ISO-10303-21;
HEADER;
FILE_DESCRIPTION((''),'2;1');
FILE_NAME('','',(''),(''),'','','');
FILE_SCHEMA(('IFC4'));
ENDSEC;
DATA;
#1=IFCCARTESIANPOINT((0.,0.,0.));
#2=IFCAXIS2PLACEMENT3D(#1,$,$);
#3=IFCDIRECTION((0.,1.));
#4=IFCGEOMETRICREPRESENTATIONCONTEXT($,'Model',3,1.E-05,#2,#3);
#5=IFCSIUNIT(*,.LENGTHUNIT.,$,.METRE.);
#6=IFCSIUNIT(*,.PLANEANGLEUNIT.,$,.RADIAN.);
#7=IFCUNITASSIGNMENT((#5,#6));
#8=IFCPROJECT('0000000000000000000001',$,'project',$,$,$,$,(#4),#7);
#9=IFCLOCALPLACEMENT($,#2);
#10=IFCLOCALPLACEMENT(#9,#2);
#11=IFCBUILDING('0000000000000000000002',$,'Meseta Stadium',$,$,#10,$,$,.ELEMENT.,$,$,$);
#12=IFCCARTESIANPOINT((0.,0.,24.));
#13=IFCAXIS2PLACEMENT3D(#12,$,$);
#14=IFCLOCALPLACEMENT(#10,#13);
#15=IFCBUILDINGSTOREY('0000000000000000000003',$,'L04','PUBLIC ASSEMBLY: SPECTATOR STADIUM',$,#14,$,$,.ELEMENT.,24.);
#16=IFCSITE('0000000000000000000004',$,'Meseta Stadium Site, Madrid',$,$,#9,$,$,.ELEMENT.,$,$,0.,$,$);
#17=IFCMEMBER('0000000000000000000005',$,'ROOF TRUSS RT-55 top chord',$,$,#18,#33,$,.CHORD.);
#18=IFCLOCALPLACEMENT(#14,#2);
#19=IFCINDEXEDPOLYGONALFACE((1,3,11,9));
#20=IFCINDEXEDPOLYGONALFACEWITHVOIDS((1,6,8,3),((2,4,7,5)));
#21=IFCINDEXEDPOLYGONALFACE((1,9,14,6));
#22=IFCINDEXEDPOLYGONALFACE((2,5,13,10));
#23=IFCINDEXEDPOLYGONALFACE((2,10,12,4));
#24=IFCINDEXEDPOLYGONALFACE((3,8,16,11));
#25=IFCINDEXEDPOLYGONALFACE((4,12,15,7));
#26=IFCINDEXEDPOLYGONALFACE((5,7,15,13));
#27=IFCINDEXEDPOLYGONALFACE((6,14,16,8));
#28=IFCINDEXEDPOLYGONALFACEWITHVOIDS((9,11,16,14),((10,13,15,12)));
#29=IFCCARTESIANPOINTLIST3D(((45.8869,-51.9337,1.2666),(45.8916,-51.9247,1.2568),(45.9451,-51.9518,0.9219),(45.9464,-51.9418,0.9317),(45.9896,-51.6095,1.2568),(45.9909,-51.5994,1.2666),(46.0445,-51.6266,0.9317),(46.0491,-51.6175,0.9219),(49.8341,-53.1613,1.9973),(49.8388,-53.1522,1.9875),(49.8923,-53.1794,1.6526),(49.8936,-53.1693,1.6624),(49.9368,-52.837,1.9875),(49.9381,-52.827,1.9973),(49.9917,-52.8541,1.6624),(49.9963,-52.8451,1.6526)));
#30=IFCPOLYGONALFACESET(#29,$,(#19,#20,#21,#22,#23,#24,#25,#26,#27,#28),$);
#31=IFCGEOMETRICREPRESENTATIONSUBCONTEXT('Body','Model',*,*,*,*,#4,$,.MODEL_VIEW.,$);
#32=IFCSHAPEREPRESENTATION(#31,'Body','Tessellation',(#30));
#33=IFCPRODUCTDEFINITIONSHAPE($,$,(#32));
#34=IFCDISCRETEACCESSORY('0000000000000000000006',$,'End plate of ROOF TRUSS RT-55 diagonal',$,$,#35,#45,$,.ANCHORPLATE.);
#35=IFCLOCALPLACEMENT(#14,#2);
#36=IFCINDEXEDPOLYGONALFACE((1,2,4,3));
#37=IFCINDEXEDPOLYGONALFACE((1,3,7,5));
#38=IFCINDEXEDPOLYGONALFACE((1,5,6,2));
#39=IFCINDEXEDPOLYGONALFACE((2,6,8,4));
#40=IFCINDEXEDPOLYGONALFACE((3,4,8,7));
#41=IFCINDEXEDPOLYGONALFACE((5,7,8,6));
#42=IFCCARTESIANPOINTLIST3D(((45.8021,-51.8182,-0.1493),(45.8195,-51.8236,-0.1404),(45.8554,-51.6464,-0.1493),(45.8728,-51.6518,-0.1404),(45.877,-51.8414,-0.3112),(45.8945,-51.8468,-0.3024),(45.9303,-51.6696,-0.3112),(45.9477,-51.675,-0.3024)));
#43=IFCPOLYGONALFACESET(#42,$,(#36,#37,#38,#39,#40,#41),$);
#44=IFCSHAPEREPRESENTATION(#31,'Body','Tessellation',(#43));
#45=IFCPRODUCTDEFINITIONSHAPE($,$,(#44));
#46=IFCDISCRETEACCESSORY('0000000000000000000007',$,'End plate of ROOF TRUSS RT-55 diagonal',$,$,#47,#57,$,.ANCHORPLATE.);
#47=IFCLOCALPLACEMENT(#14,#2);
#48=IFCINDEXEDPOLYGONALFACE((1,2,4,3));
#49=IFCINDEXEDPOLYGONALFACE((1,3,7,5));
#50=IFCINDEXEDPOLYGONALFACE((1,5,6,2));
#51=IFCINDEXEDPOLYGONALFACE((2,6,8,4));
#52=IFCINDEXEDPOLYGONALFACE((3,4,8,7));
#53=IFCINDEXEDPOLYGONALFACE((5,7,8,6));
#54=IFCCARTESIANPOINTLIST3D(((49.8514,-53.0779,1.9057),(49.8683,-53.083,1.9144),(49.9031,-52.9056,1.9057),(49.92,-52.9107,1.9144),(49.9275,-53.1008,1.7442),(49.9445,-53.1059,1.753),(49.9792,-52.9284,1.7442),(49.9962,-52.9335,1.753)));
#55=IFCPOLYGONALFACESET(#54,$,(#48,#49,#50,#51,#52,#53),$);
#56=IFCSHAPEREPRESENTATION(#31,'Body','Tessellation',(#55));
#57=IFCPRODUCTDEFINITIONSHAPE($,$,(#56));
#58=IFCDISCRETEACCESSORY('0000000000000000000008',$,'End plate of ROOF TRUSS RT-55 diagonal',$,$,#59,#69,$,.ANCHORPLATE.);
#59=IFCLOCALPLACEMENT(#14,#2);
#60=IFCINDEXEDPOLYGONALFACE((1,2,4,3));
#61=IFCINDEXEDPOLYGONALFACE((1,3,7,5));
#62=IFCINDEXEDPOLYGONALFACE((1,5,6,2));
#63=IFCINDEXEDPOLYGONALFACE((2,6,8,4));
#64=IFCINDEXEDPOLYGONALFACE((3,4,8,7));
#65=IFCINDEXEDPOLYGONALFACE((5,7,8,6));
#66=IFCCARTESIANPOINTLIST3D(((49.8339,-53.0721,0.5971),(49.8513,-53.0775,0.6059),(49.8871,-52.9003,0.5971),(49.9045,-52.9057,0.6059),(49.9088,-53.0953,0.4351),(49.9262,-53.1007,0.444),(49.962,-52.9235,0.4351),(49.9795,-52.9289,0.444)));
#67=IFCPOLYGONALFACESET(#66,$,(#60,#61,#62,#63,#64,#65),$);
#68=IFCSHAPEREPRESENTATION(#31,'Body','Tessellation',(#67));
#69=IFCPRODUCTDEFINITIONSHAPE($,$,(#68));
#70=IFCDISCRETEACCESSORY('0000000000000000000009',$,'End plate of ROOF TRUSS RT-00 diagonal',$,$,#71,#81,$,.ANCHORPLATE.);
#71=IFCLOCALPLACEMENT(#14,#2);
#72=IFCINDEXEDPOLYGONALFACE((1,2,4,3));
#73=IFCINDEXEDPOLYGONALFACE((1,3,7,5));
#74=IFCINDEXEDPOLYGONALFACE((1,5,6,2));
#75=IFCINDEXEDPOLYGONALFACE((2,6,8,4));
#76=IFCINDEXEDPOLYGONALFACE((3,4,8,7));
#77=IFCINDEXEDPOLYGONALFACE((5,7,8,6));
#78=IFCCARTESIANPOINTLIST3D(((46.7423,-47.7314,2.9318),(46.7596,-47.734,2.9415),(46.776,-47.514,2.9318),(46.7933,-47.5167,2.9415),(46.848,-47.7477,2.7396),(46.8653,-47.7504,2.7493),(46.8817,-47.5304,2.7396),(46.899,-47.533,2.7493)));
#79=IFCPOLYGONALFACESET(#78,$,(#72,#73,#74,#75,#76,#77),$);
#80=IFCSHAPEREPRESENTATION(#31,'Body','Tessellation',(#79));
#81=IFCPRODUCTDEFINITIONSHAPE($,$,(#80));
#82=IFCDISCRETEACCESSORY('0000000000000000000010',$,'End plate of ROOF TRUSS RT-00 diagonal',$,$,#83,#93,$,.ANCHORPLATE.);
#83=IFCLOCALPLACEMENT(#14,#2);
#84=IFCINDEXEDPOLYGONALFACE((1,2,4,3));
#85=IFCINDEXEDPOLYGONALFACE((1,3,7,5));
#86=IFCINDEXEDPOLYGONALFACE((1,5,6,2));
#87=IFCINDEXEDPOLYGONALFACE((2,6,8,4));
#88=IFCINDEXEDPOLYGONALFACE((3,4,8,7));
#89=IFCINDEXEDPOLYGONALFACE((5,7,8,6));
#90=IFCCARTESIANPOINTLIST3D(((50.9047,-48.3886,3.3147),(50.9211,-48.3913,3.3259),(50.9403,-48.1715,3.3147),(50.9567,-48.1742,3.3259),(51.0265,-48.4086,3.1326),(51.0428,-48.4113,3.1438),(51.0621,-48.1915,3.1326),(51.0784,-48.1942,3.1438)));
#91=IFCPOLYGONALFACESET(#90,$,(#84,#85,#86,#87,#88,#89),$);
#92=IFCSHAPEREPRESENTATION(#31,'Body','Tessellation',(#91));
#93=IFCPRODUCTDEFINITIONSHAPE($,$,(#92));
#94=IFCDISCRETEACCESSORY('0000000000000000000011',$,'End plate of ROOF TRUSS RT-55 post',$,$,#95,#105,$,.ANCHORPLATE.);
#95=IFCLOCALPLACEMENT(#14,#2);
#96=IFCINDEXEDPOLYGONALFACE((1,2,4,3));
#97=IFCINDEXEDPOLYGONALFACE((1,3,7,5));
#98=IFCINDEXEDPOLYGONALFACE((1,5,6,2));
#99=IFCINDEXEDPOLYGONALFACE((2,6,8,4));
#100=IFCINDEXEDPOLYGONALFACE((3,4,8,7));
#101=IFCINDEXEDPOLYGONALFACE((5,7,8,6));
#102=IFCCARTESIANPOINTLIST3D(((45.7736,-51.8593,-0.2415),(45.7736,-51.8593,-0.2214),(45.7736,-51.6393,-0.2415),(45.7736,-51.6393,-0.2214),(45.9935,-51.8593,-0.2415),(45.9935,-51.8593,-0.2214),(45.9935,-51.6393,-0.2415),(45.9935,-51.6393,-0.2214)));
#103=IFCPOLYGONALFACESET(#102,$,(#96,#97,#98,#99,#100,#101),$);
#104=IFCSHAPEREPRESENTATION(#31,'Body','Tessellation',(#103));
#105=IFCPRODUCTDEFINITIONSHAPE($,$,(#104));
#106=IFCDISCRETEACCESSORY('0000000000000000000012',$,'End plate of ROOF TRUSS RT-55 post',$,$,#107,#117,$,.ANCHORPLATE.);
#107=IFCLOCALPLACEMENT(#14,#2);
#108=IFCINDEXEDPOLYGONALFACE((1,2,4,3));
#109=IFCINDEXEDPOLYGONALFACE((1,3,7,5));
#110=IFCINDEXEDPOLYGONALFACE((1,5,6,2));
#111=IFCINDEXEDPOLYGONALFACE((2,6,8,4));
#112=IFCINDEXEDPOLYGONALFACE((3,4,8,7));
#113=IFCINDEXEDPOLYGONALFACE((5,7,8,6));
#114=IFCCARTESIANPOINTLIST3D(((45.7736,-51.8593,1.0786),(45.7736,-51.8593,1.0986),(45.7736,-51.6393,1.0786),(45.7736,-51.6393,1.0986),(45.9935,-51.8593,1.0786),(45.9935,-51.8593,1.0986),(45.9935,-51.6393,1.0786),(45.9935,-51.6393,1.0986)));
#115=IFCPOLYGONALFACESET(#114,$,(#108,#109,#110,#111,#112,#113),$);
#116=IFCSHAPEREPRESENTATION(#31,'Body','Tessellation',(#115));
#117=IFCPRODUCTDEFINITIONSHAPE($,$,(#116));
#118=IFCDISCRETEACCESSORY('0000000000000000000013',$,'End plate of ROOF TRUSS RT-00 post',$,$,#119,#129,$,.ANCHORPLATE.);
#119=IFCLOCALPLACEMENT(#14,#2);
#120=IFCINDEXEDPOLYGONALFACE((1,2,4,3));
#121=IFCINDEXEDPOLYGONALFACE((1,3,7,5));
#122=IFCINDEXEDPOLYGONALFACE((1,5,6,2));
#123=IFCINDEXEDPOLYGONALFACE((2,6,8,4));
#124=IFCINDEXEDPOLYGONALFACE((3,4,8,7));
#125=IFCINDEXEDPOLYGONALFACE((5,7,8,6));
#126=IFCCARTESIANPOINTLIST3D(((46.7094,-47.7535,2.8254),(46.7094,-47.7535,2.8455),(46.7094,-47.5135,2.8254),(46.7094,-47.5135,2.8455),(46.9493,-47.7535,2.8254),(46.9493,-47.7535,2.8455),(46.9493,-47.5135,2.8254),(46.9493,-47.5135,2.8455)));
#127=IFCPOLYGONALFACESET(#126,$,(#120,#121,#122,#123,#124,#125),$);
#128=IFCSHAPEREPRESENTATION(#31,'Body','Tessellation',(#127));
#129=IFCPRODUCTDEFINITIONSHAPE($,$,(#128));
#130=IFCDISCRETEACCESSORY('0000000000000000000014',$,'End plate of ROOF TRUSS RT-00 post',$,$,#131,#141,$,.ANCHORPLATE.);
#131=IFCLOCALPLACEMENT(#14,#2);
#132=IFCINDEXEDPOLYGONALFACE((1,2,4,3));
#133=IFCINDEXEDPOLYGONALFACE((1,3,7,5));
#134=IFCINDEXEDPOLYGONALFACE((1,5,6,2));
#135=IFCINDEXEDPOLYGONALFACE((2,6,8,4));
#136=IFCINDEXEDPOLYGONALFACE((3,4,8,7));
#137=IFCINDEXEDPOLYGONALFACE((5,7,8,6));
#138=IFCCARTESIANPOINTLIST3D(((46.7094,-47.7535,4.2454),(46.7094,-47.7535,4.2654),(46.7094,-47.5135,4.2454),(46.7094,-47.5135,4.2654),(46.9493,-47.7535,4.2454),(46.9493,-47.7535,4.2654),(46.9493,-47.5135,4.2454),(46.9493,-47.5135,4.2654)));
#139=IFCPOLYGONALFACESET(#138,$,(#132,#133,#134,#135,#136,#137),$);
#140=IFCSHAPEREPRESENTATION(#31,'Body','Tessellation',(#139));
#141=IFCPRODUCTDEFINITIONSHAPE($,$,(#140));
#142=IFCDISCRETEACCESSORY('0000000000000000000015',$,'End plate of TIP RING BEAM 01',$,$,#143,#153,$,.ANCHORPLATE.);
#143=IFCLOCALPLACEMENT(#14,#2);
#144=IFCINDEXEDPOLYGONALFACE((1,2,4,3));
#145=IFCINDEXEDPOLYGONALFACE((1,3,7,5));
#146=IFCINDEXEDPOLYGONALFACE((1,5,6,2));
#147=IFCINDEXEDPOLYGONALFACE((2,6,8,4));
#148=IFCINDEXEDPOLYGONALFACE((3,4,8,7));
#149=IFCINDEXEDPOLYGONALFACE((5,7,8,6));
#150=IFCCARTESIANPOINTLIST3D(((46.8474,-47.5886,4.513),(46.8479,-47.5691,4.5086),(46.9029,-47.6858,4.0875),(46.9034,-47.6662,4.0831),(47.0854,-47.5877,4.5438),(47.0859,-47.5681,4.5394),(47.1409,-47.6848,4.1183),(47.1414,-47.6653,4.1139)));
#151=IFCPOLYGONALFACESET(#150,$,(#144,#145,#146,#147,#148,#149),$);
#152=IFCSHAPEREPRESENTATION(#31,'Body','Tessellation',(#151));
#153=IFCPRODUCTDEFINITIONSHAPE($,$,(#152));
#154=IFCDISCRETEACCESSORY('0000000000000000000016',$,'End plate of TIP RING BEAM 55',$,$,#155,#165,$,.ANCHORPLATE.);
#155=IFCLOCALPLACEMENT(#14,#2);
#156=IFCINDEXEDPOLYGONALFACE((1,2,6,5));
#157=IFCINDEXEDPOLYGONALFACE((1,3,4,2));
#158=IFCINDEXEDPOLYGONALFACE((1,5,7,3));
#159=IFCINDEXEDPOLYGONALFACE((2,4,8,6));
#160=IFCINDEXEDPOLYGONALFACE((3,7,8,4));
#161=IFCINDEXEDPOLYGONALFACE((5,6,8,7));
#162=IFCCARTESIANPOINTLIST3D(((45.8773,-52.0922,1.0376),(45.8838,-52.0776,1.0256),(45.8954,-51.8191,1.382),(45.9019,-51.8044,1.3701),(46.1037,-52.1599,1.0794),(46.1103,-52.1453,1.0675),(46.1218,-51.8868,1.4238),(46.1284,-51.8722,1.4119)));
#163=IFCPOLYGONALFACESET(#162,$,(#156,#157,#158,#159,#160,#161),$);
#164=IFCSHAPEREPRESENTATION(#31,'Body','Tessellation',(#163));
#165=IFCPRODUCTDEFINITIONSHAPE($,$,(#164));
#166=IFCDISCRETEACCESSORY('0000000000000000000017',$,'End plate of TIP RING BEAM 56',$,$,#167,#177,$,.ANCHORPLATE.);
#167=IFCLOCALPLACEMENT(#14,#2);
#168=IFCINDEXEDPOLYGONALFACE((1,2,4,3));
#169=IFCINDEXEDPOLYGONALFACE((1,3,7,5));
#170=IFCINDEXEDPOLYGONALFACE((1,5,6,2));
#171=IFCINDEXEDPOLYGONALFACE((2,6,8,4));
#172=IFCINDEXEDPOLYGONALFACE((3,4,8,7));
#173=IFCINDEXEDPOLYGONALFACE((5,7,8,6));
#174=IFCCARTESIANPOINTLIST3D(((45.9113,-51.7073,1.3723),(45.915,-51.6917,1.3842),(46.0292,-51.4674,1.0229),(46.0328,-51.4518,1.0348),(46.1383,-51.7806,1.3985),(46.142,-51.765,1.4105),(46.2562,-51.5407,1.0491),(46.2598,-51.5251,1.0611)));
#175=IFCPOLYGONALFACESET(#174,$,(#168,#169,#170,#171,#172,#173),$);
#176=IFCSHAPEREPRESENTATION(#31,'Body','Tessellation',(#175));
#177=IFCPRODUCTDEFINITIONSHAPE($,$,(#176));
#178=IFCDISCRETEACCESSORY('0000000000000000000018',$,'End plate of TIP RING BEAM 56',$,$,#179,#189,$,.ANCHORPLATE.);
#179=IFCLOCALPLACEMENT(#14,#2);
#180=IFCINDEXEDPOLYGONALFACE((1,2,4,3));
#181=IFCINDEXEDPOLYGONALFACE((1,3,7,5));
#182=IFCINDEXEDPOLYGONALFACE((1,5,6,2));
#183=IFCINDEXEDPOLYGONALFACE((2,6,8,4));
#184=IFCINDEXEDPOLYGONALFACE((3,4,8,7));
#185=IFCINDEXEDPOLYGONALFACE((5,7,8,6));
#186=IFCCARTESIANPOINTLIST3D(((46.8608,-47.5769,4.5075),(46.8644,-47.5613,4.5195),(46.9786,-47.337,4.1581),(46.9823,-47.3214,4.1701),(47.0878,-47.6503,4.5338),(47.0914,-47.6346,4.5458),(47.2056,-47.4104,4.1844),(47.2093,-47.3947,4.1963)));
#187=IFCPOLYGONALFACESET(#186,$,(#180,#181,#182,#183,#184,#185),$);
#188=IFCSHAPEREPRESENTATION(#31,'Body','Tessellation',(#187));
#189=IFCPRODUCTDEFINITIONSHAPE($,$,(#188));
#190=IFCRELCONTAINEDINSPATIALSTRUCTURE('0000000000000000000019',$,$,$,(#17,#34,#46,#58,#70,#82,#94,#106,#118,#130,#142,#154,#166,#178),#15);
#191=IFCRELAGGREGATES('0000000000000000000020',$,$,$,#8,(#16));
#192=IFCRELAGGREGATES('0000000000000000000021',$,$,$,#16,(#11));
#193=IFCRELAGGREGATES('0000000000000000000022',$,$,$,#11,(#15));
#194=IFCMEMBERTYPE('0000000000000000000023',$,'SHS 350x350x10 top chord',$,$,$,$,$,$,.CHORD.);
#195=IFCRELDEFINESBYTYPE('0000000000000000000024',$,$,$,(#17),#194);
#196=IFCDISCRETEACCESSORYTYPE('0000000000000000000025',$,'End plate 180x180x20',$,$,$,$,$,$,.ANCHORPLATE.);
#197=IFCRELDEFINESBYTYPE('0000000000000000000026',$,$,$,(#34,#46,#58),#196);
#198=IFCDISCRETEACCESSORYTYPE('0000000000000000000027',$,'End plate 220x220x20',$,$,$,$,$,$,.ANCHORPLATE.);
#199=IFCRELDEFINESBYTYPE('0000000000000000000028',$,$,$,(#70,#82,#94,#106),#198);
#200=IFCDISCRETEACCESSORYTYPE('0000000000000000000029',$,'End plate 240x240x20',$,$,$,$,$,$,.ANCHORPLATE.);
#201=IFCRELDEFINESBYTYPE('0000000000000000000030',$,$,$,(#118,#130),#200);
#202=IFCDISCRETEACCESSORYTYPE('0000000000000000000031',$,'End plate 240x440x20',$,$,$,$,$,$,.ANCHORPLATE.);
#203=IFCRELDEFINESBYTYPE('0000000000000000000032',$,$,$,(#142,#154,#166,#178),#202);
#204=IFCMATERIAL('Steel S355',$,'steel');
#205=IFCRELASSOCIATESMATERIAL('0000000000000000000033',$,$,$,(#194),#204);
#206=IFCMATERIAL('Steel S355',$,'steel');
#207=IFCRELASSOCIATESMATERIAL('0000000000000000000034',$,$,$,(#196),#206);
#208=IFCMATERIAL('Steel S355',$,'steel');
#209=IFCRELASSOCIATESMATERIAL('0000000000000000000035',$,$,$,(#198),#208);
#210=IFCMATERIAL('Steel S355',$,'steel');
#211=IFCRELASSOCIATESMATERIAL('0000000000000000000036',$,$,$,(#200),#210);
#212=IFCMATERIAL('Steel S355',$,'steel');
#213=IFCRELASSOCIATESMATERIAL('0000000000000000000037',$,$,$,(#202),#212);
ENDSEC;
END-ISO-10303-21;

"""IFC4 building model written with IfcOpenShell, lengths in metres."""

from ifc_helpers import new_model, si_unit, direction, frame, origin, origin_2d, place, context, subcontext, project, spatial, rectangle, hollow_rectangle, extrude, material, material_profile, profile_set, type_object, element, save


model = new_model("IFC4")

# Units and contexts
model_context = context("Model", 3, precision=1e-05, world=origin(), true_north=direction((0.0, 1.0)))
body_context = subcontext(model_context, "Body", "Model", "MODEL_VIEW")
ifc_project = project(units=[si_unit("LENGTHUNIT", "METRE"), si_unit("PLANEANGLEUNIT", "RADIAN")], contexts=[model_context])

# Site, building, storey
site_placement = place(None, origin())
site = spatial("IfcSite", under=ifc_project, at=site_placement, Name="Meseta Stadium Site, Madrid", CompositionType="ELEMENT", RefElevation=0.0)
building_placement = place(site_placement, origin())
building = spatial("IfcBuilding", under=site, at=building_placement, Name="Meseta Stadium", CompositionType="ELEMENT")
storey_placement = place(building_placement, frame((0.0, 0.0, 24.0)))
storey = spatial("IfcBuildingStorey", under=building, at=storey_placement, Name="L04", Description="PUBLIC ASSEMBLY: SPECTATOR STADIUM", CompositionType="ELEMENT", Elevation=24.0)

# Member
ifc_material_1 = material(Name="Steel S355", Category="steel")
ifc_material_profile_1 = material_profile(ifc_material_1, hollow_rectangle(XDim=0.3501, YDim=0.3501, WallThickness=0.01, at=origin_2d()), Name="SHS 350x350x10")
ifc_profile_set_1 = profile_set([ifc_material_profile_1], Name="Steel S355")
member_type_1 = type_object("IfcMemberType", Name="SHS 350x350x10 top chord", PredefinedType="CHORD", material=ifc_profile_set_1)
member_1_placement = place(storey_placement, frame((45.968, -51.7756, 1.0942), z_axis=(0.940313, -0.292423, 0.17407), x_axis=(0.296956, 0.954891, 0.0)))
element("IfcMember", 1, at=member_1_placement, inside=storey, type_object=member_type_1, Name="ROOF TRUSS RT-55 top chord", PredefinedType="CHORD", context=body_context, shape_type="SweptSolid", body=[
    extrude(hollow_rectangle(XDim=0.3501, YDim=0.3501, WallThickness=0.01, at=origin_2d()), origin(), (0.0, 0.0, 1.0), 4.1978),
])

# Discrete accessories
ifc_material_2 = material(Name="Steel S355", Category="steel")
ifc_material_profile_2 = material_profile(ifc_material_2, rectangle(XDim=0.1799, YDim=0.1799, at=origin_2d()), Name="PL 180x180")
ifc_profile_set_2 = profile_set([ifc_material_profile_2], Name="Steel S355")
discrete_accessory_type_1 = type_object("IfcDiscreteAccessoryType", Name="End plate 180x180x20", PredefinedType="ANCHORPLATE", material=ifc_profile_set_2)
discrete_accessory_1_placement = place(storey_placement, frame((45.8662, -51.7439, -0.2302), z_axis=(0.859675, -0.266378, 0.435892), x_axis=(0.295976, 0.955195, 0.0)))
element("IfcDiscreteAccessory", 2, at=discrete_accessory_1_placement, inside=storey, type_object=discrete_accessory_type_1, Name="End plate of ROOF TRUSS RT-55 diagonal", PredefinedType="ANCHORPLATE", context=body_context, shape_type="SweptSolid", body=[
    extrude(rectangle(XDim=0.1799, YDim=0.1799, at=origin_2d()), origin(), (0.0, 0.0, 1.0), 0.0203),
])
discrete_accessory_2_placement = place(storey_placement, frame((49.9153, -53.0032, 1.825), z_axis=(0.859235, -0.257771, 0.441892), x_axis=(0.287348, 0.957826, 0.0)))
element("IfcDiscreteAccessory", 3, at=discrete_accessory_2_placement, inside=storey, type_object=discrete_accessory_type_1, Name="End plate of ROOF TRUSS RT-55 diagonal", PredefinedType="ANCHORPLATE", context=body_context, shape_type="SweptSolid", body=[
    extrude(rectangle(XDim=0.1799, YDim=0.1799, at=origin_2d()), origin(), (0.0, 0.0, 1.0), 0.0198),
])
discrete_accessory_3_placement = place(storey_placement, frame((49.8979, -52.9978, 0.5161), z_axis=(0.859675, -0.266378, 0.435892), x_axis=(0.295976, 0.955195, 0.0)))
element("IfcDiscreteAccessory", 4, at=discrete_accessory_3_placement, inside=storey, type_object=discrete_accessory_type_1, Name="End plate of ROOF TRUSS RT-55 diagonal", PredefinedType="ANCHORPLATE", context=body_context, shape_type="SweptSolid", body=[
    extrude(rectangle(XDim=0.1799, YDim=0.1799, at=origin_2d()), origin(), (0.0, 0.0, 1.0), 0.0203),
])
ifc_material_3 = material(Name="Steel S355", Category="steel")
ifc_material_profile_3 = material_profile(ifc_material_3, rectangle(XDim=0.22, YDim=0.22, at=origin_2d()), Name="PL 220x220")
ifc_profile_set_3 = profile_set([ifc_material_profile_3], Name="Steel S355")
discrete_accessory_type_2 = type_object("IfcDiscreteAccessoryType", Name="End plate 220x220x20", PredefinedType="ANCHORPLATE", material=ifc_profile_set_3)
for number, where, z_axis, x_axis, name in (
    (5, (46.812, -47.6309, 2.8357), (0.863417, -0.133769, 0.486432), (0.153103, 0.98821, 0.0), "End plate of ROOF TRUSS RT-00 diagonal"),
    (6, (50.9834, -48.29, 3.2236), (0.816952, -0.134126, 0.560892), (0.16201, 0.986789, 0.0), "End plate of ROOF TRUSS RT-00 diagonal"),
    (7, (45.8835, -51.7493, -0.2415), (0.0, 0.0, 1.0), (1.0, 0.0, 0.0), "End plate of ROOF TRUSS RT-55 post"),
    (8, (45.8835, -51.7493, 1.0786), (0.0, 0.0, 1.0), (1.0, 0.0, 0.0), "End plate of ROOF TRUSS RT-55 post"),
):
    element("IfcDiscreteAccessory", number, at=place(storey_placement, frame(where, z_axis=z_axis, x_axis=x_axis)), inside=storey, type_object=discrete_accessory_type_2, Name=name, PredefinedType="ANCHORPLATE", context=body_context, shape_type="SweptSolid", body=[
        extrude(rectangle(XDim=0.22, YDim=0.22, at=origin_2d()), origin(), (0.0, 0.0, 1.0), 0.02),
    ])
ifc_material_4 = material(Name="Steel S355", Category="steel")
ifc_material_profile_4 = material_profile(ifc_material_4, rectangle(XDim=0.24, YDim=0.24, at=origin_2d()), Name="PL 240x240")
ifc_profile_set_4 = profile_set([ifc_material_profile_4], Name="Steel S355")
discrete_accessory_type_3 = type_object("IfcDiscreteAccessoryType", Name="End plate 240x240x20", PredefinedType="ANCHORPLATE", material=ifc_profile_set_4)
for number, where, z_axis, x_axis, name in (
    (9, (46.8293, -47.6335, 2.8254), (0.0, 0.0, 1.0), (1.0, 0.0, 0.0), "End plate of ROOF TRUSS RT-00 post"),
    (10, (46.8293, -47.6335, 4.2454), (0.0, 0.0, 1.0), (1.0, 0.0, 0.0), "End plate of ROOF TRUSS RT-00 post"),
):
    element("IfcDiscreteAccessory", number, at=place(storey_placement, frame(where, z_axis=z_axis, x_axis=x_axis)), inside=storey, type_object=discrete_accessory_type_3, Name=name, PredefinedType="ANCHORPLATE", context=body_context, shape_type="SweptSolid", body=[
        extrude(rectangle(XDim=0.24, YDim=0.24, at=origin_2d()), origin(), (0.0, 0.0, 1.0), 0.02),
    ])
ifc_material_5 = material(Name="Steel S355", Category="steel")
ifc_material_profile_5 = material_profile(ifc_material_5, rectangle(XDim=0.24, YDim=0.4399, at=origin_2d()), Name="PL 240x440")
ifc_profile_set_5 = profile_set([ifc_material_profile_5], Name="Steel S355")
discrete_accessory_type_4 = type_object("IfcDiscreteAccessoryType", Name="End plate 240x440x20", PredefinedType="ANCHORPLATE", material=ifc_profile_set_5)
for number, where, z_axis, x_axis, name in (
    (11, (46.9941, -47.6367, 4.3157), (0.024383, 0.97532, -0.219447), (-0.991726, -0.004076, -0.128309), "End plate of TIP RING BEAM 01"),
    (12, (45.9995, -51.9895, 1.2307), (0.329121, 0.731381, -0.597295), (-0.943391, 0.282234, -0.174235), "End plate of TIP RING BEAM 55"),
    (13, (46.0837, -51.624, 1.2107), (0.182954, 0.780604, 0.59765), (-0.945899, 0.305458, -0.109405), "End plate of TIP RING BEAM 56"),
    (14, (47.0332, -47.4937, 4.3459), (0.182954, 0.780604, 0.59765), (-0.945899, 0.305458, -0.109405), "End plate of TIP RING BEAM 56"),
):
    element("IfcDiscreteAccessory", number, at=place(storey_placement, frame(where, z_axis=z_axis, x_axis=x_axis)), inside=storey, type_object=discrete_accessory_type_4, Name=name, PredefinedType="ANCHORPLATE", context=body_context, shape_type="SweptSolid", body=[
        extrude(rectangle(XDim=0.24, YDim=0.4399, at=origin_2d()), origin(), (0.0, 0.0, 1.0), 0.02),
    ])

save(model, "model.ifc")
